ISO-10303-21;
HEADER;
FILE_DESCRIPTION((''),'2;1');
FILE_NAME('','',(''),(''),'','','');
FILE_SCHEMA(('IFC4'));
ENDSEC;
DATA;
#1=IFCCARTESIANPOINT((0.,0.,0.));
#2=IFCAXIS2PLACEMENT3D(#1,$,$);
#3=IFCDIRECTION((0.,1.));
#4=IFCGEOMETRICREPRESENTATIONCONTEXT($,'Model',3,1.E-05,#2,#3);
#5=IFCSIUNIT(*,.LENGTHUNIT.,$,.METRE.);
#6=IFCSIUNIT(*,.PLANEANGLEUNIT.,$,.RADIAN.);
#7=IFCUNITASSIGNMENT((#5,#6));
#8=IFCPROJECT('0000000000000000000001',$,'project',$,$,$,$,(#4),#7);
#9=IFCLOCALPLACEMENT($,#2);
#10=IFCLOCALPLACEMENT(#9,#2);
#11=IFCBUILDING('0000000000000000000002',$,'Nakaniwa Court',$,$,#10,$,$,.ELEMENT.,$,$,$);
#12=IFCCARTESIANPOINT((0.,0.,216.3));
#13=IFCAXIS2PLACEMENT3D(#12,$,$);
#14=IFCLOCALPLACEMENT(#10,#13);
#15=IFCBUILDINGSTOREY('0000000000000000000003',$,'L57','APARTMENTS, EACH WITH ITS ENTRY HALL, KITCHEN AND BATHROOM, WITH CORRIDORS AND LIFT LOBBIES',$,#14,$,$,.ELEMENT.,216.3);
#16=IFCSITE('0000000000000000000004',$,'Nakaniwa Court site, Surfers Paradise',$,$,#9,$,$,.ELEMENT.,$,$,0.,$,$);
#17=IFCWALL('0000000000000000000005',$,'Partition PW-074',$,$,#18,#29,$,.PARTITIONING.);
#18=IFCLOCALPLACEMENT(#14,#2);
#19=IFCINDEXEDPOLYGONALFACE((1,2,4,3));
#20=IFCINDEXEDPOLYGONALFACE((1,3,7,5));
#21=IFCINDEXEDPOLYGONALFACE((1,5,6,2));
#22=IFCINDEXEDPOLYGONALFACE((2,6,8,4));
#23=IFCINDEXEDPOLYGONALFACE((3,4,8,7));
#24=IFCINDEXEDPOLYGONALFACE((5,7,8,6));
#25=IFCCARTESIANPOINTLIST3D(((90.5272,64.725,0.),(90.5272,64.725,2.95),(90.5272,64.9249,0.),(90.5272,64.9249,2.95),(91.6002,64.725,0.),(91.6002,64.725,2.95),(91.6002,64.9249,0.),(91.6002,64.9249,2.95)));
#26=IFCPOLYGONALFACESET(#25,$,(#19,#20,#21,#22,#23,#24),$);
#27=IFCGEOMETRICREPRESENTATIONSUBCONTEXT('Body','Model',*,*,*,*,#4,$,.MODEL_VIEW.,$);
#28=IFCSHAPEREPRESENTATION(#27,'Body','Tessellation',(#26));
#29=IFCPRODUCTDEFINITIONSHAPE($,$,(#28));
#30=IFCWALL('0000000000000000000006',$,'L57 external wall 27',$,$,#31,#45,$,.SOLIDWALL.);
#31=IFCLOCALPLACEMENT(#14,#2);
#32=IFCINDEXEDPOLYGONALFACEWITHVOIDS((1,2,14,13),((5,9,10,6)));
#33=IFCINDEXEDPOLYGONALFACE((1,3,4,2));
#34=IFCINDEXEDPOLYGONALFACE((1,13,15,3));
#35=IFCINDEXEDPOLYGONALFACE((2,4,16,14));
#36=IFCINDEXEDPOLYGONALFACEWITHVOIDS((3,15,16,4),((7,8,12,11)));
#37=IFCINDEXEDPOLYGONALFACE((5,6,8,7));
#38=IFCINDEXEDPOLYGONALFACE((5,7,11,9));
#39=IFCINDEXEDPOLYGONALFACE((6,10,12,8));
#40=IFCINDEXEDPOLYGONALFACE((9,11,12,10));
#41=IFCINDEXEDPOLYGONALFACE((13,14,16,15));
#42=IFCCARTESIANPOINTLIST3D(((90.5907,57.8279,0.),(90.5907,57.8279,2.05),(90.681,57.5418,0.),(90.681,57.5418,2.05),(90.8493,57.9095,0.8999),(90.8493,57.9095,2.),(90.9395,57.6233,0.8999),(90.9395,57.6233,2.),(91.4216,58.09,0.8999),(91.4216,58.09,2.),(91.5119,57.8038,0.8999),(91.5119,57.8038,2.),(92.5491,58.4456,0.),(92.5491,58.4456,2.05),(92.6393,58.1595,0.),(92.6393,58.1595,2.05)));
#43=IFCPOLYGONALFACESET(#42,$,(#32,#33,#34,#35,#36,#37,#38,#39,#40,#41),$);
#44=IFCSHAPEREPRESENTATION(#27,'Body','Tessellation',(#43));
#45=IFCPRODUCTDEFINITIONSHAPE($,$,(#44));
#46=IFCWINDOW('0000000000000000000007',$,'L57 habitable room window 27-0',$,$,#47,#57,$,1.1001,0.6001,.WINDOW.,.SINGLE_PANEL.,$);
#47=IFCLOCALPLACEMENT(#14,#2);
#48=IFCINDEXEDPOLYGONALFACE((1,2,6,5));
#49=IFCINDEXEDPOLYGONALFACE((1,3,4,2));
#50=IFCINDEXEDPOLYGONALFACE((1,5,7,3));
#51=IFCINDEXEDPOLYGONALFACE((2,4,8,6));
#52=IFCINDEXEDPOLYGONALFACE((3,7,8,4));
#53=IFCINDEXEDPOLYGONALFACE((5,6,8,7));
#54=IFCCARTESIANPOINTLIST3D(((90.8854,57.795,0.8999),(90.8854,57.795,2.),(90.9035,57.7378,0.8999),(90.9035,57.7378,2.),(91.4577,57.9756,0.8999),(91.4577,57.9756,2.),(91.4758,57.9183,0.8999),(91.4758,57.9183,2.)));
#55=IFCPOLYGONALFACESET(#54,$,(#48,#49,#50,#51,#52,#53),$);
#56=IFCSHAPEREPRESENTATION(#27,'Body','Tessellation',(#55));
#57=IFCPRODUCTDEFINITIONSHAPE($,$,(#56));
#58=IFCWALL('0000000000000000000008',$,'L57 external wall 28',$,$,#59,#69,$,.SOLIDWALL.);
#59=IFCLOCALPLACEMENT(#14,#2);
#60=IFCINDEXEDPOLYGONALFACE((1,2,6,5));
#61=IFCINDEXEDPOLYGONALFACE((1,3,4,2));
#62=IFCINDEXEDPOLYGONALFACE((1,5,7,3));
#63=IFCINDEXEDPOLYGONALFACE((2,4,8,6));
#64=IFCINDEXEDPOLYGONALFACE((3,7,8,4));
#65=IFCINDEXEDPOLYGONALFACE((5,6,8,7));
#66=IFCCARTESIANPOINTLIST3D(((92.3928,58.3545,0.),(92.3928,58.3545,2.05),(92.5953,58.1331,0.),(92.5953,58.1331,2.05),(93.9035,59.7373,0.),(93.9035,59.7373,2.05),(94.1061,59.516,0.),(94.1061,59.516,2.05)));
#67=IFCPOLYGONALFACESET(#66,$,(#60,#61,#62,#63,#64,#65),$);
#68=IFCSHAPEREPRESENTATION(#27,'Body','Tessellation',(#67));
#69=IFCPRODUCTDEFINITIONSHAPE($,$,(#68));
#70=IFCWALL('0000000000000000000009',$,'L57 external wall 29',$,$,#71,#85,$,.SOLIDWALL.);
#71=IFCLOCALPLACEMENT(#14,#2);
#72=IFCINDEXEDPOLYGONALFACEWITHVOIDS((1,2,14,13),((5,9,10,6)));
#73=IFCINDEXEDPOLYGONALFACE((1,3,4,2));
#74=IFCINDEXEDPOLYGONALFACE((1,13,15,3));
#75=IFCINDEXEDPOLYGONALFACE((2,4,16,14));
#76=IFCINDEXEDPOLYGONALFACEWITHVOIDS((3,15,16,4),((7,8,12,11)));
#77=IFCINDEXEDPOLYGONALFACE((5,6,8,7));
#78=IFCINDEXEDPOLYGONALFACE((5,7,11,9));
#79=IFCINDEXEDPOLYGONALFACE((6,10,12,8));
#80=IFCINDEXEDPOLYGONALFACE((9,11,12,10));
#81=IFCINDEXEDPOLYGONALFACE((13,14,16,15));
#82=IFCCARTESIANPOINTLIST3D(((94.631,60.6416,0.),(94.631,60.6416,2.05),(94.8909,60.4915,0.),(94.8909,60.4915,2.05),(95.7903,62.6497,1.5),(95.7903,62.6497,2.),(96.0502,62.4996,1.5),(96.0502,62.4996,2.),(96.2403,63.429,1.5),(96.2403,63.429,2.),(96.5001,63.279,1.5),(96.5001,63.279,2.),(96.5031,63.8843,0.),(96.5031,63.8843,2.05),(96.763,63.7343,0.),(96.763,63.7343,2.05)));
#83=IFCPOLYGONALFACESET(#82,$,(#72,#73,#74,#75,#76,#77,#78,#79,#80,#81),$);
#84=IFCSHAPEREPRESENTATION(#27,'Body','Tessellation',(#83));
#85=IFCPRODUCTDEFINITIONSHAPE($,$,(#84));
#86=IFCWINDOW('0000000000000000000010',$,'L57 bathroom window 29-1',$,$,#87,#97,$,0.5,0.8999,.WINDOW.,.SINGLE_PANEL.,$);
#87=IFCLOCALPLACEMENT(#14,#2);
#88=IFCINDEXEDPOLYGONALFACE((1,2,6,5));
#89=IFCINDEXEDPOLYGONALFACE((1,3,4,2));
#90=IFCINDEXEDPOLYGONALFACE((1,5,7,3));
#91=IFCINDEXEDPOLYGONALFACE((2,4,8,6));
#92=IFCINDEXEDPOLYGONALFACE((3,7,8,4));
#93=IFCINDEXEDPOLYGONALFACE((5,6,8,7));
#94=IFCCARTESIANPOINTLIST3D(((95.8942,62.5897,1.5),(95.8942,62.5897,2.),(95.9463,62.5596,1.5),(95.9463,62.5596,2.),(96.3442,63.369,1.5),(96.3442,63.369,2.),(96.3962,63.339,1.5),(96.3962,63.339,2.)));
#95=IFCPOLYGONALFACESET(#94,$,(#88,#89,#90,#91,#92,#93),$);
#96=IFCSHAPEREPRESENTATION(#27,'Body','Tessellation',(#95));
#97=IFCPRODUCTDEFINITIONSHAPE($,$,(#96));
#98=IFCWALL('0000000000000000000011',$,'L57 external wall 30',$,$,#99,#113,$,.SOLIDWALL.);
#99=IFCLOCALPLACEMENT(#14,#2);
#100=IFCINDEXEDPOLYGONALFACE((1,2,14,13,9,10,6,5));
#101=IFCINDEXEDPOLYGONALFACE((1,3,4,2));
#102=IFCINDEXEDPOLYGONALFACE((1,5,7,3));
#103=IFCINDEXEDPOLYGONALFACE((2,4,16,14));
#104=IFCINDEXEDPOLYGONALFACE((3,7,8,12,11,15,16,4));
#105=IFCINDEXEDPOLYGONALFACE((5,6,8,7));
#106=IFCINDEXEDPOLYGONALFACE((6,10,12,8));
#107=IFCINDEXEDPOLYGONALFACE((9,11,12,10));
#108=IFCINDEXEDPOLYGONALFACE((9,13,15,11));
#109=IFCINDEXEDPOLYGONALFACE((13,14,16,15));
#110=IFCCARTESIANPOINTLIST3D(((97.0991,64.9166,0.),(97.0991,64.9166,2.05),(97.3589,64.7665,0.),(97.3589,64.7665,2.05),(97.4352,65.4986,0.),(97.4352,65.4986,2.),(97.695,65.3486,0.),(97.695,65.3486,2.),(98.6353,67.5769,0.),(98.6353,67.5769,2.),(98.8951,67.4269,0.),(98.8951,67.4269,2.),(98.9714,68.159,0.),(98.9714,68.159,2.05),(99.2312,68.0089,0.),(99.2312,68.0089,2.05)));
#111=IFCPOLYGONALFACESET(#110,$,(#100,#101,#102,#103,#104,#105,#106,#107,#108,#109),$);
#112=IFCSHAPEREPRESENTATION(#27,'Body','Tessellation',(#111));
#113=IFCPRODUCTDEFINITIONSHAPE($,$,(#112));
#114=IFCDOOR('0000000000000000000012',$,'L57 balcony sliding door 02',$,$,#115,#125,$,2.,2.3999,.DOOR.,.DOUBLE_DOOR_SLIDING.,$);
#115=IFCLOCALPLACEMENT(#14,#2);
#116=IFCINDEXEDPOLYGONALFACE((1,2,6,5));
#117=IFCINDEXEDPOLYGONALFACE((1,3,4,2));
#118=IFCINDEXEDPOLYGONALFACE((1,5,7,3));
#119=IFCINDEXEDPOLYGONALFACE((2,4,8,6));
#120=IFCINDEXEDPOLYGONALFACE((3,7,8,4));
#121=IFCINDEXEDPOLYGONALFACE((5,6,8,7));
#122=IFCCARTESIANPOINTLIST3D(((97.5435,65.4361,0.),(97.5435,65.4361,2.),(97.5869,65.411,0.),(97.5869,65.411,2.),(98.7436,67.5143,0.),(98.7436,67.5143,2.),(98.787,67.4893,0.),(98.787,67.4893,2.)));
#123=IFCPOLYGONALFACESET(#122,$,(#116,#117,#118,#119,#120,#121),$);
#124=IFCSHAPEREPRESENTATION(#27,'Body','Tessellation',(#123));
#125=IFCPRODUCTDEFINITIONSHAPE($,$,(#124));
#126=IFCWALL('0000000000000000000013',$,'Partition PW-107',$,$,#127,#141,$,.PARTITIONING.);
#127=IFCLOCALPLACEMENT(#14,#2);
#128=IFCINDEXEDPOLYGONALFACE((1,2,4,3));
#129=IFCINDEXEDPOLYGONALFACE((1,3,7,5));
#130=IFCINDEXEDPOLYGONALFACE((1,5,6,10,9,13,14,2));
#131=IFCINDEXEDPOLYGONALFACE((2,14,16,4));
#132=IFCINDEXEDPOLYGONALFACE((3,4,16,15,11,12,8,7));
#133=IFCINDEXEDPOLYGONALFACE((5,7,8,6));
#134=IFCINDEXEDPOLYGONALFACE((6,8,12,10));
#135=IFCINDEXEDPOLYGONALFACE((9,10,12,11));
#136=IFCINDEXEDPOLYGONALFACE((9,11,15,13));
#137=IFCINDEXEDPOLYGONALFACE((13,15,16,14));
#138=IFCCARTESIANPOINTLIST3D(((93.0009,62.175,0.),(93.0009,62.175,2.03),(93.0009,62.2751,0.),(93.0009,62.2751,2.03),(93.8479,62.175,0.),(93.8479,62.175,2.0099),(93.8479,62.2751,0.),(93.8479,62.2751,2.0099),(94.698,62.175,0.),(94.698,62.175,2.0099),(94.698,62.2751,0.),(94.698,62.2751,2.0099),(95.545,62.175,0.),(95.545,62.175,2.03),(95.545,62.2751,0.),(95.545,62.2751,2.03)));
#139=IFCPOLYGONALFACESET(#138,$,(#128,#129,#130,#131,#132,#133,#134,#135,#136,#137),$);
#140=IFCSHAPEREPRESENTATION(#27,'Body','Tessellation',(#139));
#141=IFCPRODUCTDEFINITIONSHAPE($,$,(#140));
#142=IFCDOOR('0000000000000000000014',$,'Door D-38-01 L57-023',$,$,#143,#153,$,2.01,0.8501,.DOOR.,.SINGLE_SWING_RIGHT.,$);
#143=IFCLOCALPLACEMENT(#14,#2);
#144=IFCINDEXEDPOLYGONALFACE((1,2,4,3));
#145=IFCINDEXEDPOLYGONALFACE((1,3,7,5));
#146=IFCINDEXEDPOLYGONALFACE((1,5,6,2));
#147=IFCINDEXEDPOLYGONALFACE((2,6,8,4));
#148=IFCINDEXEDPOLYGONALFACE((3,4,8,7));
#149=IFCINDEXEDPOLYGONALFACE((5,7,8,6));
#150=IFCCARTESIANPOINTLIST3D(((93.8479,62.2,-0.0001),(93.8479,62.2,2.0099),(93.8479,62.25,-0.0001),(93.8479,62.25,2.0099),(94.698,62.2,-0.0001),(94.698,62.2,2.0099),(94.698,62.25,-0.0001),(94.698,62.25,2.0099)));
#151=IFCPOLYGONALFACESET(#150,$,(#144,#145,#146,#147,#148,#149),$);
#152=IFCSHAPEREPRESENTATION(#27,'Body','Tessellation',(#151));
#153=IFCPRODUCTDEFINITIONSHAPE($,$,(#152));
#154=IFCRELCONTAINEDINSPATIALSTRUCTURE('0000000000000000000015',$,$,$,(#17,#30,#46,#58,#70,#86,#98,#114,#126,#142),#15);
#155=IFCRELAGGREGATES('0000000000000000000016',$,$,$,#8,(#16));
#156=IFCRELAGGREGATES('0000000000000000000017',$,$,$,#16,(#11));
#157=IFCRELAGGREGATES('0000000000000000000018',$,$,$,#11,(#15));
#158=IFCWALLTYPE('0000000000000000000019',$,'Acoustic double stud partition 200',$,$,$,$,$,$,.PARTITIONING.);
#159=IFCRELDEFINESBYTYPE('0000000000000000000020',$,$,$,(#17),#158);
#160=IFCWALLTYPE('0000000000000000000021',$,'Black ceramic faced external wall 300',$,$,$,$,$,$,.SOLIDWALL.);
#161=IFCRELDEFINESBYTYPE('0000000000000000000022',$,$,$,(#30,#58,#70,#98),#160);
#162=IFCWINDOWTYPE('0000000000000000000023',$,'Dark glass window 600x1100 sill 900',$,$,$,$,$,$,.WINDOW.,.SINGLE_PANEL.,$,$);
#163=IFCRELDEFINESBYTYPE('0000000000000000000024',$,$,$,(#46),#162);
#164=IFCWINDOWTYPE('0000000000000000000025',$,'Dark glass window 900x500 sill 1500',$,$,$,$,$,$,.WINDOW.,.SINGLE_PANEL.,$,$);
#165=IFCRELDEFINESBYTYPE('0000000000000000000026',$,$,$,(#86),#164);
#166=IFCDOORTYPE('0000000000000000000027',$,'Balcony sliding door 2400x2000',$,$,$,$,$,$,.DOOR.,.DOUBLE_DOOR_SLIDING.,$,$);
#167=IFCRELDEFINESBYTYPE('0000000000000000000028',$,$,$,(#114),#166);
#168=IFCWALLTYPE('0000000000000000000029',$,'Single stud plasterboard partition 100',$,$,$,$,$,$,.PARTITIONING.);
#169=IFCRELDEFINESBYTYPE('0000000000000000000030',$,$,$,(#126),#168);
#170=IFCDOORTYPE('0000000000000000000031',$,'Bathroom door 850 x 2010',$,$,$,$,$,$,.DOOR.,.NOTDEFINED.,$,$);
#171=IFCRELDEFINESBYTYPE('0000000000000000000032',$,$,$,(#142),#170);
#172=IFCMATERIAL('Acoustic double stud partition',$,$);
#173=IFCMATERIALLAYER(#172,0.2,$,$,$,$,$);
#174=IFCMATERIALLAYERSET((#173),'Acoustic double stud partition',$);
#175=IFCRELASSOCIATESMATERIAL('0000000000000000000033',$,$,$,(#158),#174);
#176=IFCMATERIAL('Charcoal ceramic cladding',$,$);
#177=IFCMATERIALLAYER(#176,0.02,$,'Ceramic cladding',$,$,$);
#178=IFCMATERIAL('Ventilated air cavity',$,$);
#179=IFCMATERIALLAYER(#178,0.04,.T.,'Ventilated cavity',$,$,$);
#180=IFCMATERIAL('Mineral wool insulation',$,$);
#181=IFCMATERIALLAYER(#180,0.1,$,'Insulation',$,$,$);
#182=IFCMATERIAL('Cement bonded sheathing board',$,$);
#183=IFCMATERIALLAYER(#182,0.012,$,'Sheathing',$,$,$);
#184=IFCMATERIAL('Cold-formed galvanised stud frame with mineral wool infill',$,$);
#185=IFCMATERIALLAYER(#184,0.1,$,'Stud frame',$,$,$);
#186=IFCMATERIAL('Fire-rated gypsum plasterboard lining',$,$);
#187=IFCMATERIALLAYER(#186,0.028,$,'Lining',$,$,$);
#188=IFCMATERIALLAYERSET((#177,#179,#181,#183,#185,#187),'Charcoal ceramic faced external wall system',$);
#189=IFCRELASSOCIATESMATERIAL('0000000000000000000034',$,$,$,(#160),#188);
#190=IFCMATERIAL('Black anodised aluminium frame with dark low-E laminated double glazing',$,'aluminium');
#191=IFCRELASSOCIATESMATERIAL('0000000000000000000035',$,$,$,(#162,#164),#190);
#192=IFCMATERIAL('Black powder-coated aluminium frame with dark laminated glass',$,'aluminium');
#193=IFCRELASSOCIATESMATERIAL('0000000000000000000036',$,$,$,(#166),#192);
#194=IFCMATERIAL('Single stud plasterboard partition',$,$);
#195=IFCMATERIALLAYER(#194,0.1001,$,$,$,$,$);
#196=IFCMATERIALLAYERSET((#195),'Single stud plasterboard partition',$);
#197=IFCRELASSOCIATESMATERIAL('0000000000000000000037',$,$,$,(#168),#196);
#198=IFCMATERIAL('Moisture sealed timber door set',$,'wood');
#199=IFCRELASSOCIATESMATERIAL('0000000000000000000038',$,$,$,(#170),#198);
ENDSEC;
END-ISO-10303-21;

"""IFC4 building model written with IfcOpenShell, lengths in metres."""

from ifc_helpers import new_model, si_unit, direction, frame, frame_2d, origin, place, context, subcontext, project, spatial, rectangle, extrude, material, layer, layer_set, type_object, element, fill, save


model = new_model("IFC4")

# Units and contexts
model_context = context("Model", 3, precision=1e-05, world=origin(), true_north=direction((0.0, 1.0)))
body_context = subcontext(model_context, "Body", "Model", "MODEL_VIEW")
ifc_project = project(units=[si_unit("LENGTHUNIT", "METRE"), si_unit("PLANEANGLEUNIT", "RADIAN")], contexts=[model_context])

# Site, building, storey
site_placement = place(None, origin())
site = spatial("IfcSite", under=ifc_project, at=site_placement, Name="Nakaniwa Court site, Surfers Paradise", CompositionType="ELEMENT", RefElevation=0.0)
building_placement = place(site_placement, origin())
building = spatial("IfcBuilding", under=site, at=building_placement, Name="Nakaniwa Court", CompositionType="ELEMENT")
storey_placement = place(building_placement, frame((0.0, 0.0, 216.3)))
storey = spatial("IfcBuildingStorey", under=building, at=storey_placement, Name="L57", Description="APARTMENTS, EACH WITH ITS ENTRY HALL, KITCHEN AND BATHROOM, WITH CORRIDORS AND LIFT LOBBIES", CompositionType="ELEMENT", Elevation=216.3)

# Shared definitions
ifc_material_1 = material(Name="Acoustic double stud partition")
ifc_layer_1 = layer(ifc_material_1, 0.2)
ifc_layer_set_1 = layer_set([ifc_layer_1], Name="Acoustic double stud partition")
wall_type_1 = type_object("IfcWallType", Name="Acoustic double stud partition 200", PredefinedType="PARTITIONING", material=ifc_layer_set_1)

# Wall
wall_1_placement = place(storey_placement, frame((90.5271, 64.825, 0.0), z_axis=(0.0, 0.0, 1.0), x_axis=(1.0, 0.0, 0.0)))
element("IfcWall", 1, at=wall_1_placement, inside=storey, type_object=wall_type_1, Name="Partition PW-074", PredefinedType="PARTITIONING", context=body_context, shape_type="SweptSolid", body=[
    extrude(rectangle(XDim=1.073, YDim=0.2, at=frame_2d((0.5366, 0.0))), origin(), (0.0, 0.0, 1.0), 2.95),
])

# Wall, opening, window
ifc_material_2 = material(Name="Charcoal ceramic cladding")
ifc_layer_2 = layer(ifc_material_2, 0.02, Name="Ceramic cladding")
ifc_material_3 = material(Name="Ventilated air cavity")
ifc_layer_3 = layer(ifc_material_3, 0.04, ventilated=True, Name="Ventilated cavity")
ifc_material_4 = material(Name="Mineral wool insulation")
ifc_layer_4 = layer(ifc_material_4, 0.1, Name="Insulation")
ifc_material_5 = material(Name="Cement bonded sheathing board")
ifc_layer_5 = layer(ifc_material_5, 0.012, Name="Sheathing")
ifc_material_6 = material(Name="Cold-formed galvanised stud frame with mineral wool infill")
ifc_layer_6 = layer(ifc_material_6, 0.1, Name="Stud frame")
ifc_material_7 = material(Name="Fire-rated gypsum plasterboard lining")
ifc_layer_7 = layer(ifc_material_7, 0.028, Name="Lining")
ifc_layer_set_2 = layer_set([ifc_layer_2, ifc_layer_3, ifc_layer_4, ifc_layer_5, ifc_layer_6, ifc_layer_7], Name="Charcoal ceramic faced external wall system")
wall_type_2 = type_object("IfcWallType", Name="Black ceramic faced external wall 300", PredefinedType="SOLIDWALL", material=ifc_layer_set_2)
wall_2_placement = place(storey_placement, frame((90.6357, 57.6848, 0.0), z_axis=(0.0, 0.0, 1.0), x_axis=(0.953683, 0.300813, 0.0)))
wall_2 = element("IfcWall", 2, at=wall_2_placement, inside=storey, type_object=wall_type_2, Name="L57 external wall 27", PredefinedType="SOLIDWALL", context=body_context, shape_type="SweptSolid", body=[
    extrude(rectangle(XDim=2.0535, YDim=0.3, at=frame_2d((1.0269, 0.0))), origin(), (0.0, 0.0, 1.0), 2.05),
])
opening_1_placement = place(wall_2_placement, frame((0.2712, 0.0, 0.8999)))
opening_1 = element("IfcOpeningElement", 3, at=opening_1_placement, cuts=wall_2, PredefinedType="OPENING", context=body_context, shape_type="SweptSolid", body=[
    extrude(rectangle(XDim=0.6001, YDim=1.1001, at=frame_2d((0.3, 0.55))), frame((0.0, 0.1599, 0.0), z_axis=(0.0, -1.0, 0.0), x_axis=(1.0, 0.0, 0.0)), (0.0, 0.0, 1.0), 0.3201),
])
ifc_material_8 = material(Name="Black anodised aluminium frame with dark low-E laminated double glazing", Category="aluminium")
window_type_1 = type_object("IfcWindowType", Name="Dark glass window 600x1100 sill 900", PartitioningType="SINGLE_PANEL", PredefinedType="WINDOW", material=ifc_material_8)
window_1_placement = place(opening_1_placement, origin())
window_1 = element("IfcWindow", 4, at=window_1_placement, inside=storey, type_object=window_type_1, Name="L57 habitable room window 27-0", OverallHeight=1.1001, OverallWidth=0.6001, PartitioningType="SINGLE_PANEL", PredefinedType="WINDOW", context=body_context, shape_type="SweptSolid", body=[
    extrude(rectangle(XDim=0.6001, YDim=1.1001, at=frame_2d((0.3, 0.55))), frame((0.0, 0.03, 0.0), z_axis=(0.0, -1.0, 0.0), x_axis=(1.0, 0.0, 0.0)), (0.0, 0.0, 1.0), 0.0601),
])
fill(opening_1, window_1)

# Wall
wall_3_placement = place(storey_placement, frame((92.4941, 58.2439, 0.0), z_axis=(0.0, 0.0, 1.0), x_axis=(0.737649, 0.675185, 0.0)))
element("IfcWall", 5, at=wall_3_placement, inside=storey, type_object=wall_type_2, Name="L57 external wall 28", PredefinedType="SOLIDWALL", context=body_context, shape_type="SweptSolid", body=[
    extrude(rectangle(XDim=2.0481, YDim=0.3, at=frame_2d((1.0239, 0.0))), origin(), (0.0, 0.0, 1.0), 2.05),
])

# Wall, opening, window
wall_4_placement = place(storey_placement, frame((94.761, 60.5667, 0.0), z_axis=(0.0, 0.0, 1.0), x_axis=(0.499982, 0.866036, 0.0)))
wall_4 = element("IfcWall", 6, at=wall_4_placement, inside=storey, type_object=wall_type_2, Name="L57 external wall 29", PredefinedType="SOLIDWALL", context=body_context, shape_type="SweptSolid", body=[
    extrude(rectangle(XDim=3.7444, YDim=0.3, at=frame_2d((1.8721, 0.0))), origin(), (0.0, 0.0, 1.0), 2.05),
])
opening_2_placement = place(wall_4_placement, frame((2.3186, 0.0, 1.5)))
opening_2 = element("IfcOpeningElement", 7, at=opening_2_placement, cuts=wall_4, PredefinedType="OPENING", context=body_context, shape_type="SweptSolid", body=[
    extrude(rectangle(XDim=0.8999, YDim=0.5, at=frame_2d((0.45, 0.25))), frame((0.0, 0.1599, 0.0), z_axis=(0.0, -1.0, 0.0), x_axis=(1.0, 0.0, 0.0)), (0.0, 0.0, 1.0), 0.3201),
])
window_type_2 = type_object("IfcWindowType", Name="Dark glass window 900x500 sill 1500", PartitioningType="SINGLE_PANEL", PredefinedType="WINDOW", material=ifc_material_8)
window_2_placement = place(opening_2_placement, origin())
window_2 = element("IfcWindow", 8, at=window_2_placement, inside=storey, type_object=window_type_2, Name="L57 bathroom window 29-1", OverallHeight=0.5, OverallWidth=0.8999, PartitioningType="SINGLE_PANEL", PredefinedType="WINDOW", context=body_context, shape_type="SweptSolid", body=[
    extrude(rectangle(XDim=0.8999, YDim=0.5, at=frame_2d((0.45, 0.25))), frame((0.0, 0.03, 0.0), z_axis=(0.0, -1.0, 0.0), x_axis=(1.0, 0.0, 0.0)), (0.0, 0.0, 1.0), 0.0601),
])
fill(opening_2, window_2)

# Walls, openings, doors
wall_5_placement = place(storey_placement, frame((97.229, 64.8416, 0.0), z_axis=(0.0, 0.0, 1.0), x_axis=(0.500059, 0.865991, 0.0)))
wall_5 = element("IfcWall", 9, at=wall_5_placement, inside=storey, type_object=wall_type_2, Name="L57 external wall 30", PredefinedType="SOLIDWALL", context=body_context, shape_type="SweptSolid", body=[
    extrude(rectangle(XDim=3.7441, YDim=0.3, at=frame_2d((1.8721, 0.0))), origin(), (0.0, 0.0, 1.0), 2.05),
])
opening_3_placement = place(wall_5_placement, frame((0.6721, 0.0, 0.0)))
opening_3 = element("IfcOpeningElement", 10, at=opening_3_placement, cuts=wall_5, PredefinedType="OPENING", context=body_context, shape_type="SweptSolid", body=[
    extrude(rectangle(XDim=2.3999, YDim=2.0, at=frame_2d((1.2, 1.0))), frame((0.0, 0.1599, 0.0), z_axis=(0.0, -1.0, 0.0), x_axis=(1.0, 0.0, 0.0)), (0.0, 0.0, 1.0), 0.3201),
])
ifc_material_9 = material(Name="Black powder-coated aluminium frame with dark laminated glass", Category="aluminium")
door_type_1 = type_object("IfcDoorType", Name="Balcony sliding door 2400x2000", OperationType="DOUBLE_DOOR_SLIDING", PredefinedType="DOOR", material=ifc_material_9)
door_1_placement = place(opening_3_placement, origin())
door_1 = element("IfcDoor", 11, at=door_1_placement, inside=storey, type_object=door_type_1, Name="L57 balcony sliding door 02", OperationType="DOUBLE_DOOR_SLIDING", OverallHeight=2.0, OverallWidth=2.3999, PredefinedType="DOOR", context=body_context, shape_type="SweptSolid", body=[
    extrude(rectangle(XDim=2.3999, YDim=2.0, at=frame_2d((1.2, 1.0))), frame((0.0, 0.0249, 0.0), z_axis=(0.0, -1.0, 0.0), x_axis=(1.0, 0.0, 0.0)), (0.0, 0.0, 1.0), 0.05),
])
fill(opening_3, door_1)
ifc_material_10 = material(Name="Single stud plasterboard partition")
ifc_layer_8 = layer(ifc_material_10, 0.1001)
ifc_layer_set_3 = layer_set([ifc_layer_8], Name="Single stud plasterboard partition")
wall_type_3 = type_object("IfcWallType", Name="Single stud plasterboard partition 100", PredefinedType="PARTITIONING", material=ifc_layer_set_3)
wall_6_placement = place(storey_placement, frame((93.001, 62.2251, 0.0), z_axis=(0.0, 0.0, 1.0), x_axis=(1.0, 0.0, 0.0)))
wall_6 = element("IfcWall", 12, at=wall_6_placement, inside=storey, type_object=wall_type_3, Name="Partition PW-107", PredefinedType="PARTITIONING", context=body_context, shape_type="SweptSolid", body=[
    extrude(rectangle(XDim=2.5442, YDim=0.1001, at=frame_2d((1.272, 0.0))), origin(), (0.0, 0.0, 1.0), 2.03),
])
opening_4_placement = place(wall_6_placement, frame((0.8469, 0.0, 0.0)))
opening_4 = element("IfcOpeningElement", 13, at=opening_4_placement, cuts=wall_6, PredefinedType="OPENING", context=body_context, shape_type="SweptSolid", body=[
    extrude(rectangle(XDim=0.8501, YDim=2.01, at=frame_2d((0.425, 1.0049))), frame((0.0, 0.0601, 0.0), z_axis=(0.0, -1.0, 0.0), x_axis=(1.0, 0.0, 0.0)), (0.0, 0.0, 1.0), 0.1201),
])
ifc_material_11 = material(Name="Moisture sealed timber door set", Category="wood")
door_type_2 = type_object("IfcDoorType", Name="Bathroom door 850 x 2010", OperationType="NOTDEFINED", PredefinedType="DOOR", material=ifc_material_11)
door_2_placement = place(opening_4_placement, origin())
door_2 = element("IfcDoor", 14, at=door_2_placement, inside=storey, type_object=door_type_2, Name="Door D-38-01 L57-023", OperationType="SINGLE_SWING_RIGHT", OverallHeight=2.01, OverallWidth=0.8501, PredefinedType="DOOR", context=body_context, shape_type="SweptSolid", body=[
    extrude(rectangle(XDim=0.8501, YDim=2.01, at=frame_2d((0.425, 1.0049))), frame((0.0, 0.0249, 0.0), z_axis=(0.0, -1.0, 0.0), x_axis=(1.0, 0.0, 0.0)), (0.0, 0.0, 1.0), 0.05),
])
fill(opening_4, door_2)

save(model, "model.ifc")
